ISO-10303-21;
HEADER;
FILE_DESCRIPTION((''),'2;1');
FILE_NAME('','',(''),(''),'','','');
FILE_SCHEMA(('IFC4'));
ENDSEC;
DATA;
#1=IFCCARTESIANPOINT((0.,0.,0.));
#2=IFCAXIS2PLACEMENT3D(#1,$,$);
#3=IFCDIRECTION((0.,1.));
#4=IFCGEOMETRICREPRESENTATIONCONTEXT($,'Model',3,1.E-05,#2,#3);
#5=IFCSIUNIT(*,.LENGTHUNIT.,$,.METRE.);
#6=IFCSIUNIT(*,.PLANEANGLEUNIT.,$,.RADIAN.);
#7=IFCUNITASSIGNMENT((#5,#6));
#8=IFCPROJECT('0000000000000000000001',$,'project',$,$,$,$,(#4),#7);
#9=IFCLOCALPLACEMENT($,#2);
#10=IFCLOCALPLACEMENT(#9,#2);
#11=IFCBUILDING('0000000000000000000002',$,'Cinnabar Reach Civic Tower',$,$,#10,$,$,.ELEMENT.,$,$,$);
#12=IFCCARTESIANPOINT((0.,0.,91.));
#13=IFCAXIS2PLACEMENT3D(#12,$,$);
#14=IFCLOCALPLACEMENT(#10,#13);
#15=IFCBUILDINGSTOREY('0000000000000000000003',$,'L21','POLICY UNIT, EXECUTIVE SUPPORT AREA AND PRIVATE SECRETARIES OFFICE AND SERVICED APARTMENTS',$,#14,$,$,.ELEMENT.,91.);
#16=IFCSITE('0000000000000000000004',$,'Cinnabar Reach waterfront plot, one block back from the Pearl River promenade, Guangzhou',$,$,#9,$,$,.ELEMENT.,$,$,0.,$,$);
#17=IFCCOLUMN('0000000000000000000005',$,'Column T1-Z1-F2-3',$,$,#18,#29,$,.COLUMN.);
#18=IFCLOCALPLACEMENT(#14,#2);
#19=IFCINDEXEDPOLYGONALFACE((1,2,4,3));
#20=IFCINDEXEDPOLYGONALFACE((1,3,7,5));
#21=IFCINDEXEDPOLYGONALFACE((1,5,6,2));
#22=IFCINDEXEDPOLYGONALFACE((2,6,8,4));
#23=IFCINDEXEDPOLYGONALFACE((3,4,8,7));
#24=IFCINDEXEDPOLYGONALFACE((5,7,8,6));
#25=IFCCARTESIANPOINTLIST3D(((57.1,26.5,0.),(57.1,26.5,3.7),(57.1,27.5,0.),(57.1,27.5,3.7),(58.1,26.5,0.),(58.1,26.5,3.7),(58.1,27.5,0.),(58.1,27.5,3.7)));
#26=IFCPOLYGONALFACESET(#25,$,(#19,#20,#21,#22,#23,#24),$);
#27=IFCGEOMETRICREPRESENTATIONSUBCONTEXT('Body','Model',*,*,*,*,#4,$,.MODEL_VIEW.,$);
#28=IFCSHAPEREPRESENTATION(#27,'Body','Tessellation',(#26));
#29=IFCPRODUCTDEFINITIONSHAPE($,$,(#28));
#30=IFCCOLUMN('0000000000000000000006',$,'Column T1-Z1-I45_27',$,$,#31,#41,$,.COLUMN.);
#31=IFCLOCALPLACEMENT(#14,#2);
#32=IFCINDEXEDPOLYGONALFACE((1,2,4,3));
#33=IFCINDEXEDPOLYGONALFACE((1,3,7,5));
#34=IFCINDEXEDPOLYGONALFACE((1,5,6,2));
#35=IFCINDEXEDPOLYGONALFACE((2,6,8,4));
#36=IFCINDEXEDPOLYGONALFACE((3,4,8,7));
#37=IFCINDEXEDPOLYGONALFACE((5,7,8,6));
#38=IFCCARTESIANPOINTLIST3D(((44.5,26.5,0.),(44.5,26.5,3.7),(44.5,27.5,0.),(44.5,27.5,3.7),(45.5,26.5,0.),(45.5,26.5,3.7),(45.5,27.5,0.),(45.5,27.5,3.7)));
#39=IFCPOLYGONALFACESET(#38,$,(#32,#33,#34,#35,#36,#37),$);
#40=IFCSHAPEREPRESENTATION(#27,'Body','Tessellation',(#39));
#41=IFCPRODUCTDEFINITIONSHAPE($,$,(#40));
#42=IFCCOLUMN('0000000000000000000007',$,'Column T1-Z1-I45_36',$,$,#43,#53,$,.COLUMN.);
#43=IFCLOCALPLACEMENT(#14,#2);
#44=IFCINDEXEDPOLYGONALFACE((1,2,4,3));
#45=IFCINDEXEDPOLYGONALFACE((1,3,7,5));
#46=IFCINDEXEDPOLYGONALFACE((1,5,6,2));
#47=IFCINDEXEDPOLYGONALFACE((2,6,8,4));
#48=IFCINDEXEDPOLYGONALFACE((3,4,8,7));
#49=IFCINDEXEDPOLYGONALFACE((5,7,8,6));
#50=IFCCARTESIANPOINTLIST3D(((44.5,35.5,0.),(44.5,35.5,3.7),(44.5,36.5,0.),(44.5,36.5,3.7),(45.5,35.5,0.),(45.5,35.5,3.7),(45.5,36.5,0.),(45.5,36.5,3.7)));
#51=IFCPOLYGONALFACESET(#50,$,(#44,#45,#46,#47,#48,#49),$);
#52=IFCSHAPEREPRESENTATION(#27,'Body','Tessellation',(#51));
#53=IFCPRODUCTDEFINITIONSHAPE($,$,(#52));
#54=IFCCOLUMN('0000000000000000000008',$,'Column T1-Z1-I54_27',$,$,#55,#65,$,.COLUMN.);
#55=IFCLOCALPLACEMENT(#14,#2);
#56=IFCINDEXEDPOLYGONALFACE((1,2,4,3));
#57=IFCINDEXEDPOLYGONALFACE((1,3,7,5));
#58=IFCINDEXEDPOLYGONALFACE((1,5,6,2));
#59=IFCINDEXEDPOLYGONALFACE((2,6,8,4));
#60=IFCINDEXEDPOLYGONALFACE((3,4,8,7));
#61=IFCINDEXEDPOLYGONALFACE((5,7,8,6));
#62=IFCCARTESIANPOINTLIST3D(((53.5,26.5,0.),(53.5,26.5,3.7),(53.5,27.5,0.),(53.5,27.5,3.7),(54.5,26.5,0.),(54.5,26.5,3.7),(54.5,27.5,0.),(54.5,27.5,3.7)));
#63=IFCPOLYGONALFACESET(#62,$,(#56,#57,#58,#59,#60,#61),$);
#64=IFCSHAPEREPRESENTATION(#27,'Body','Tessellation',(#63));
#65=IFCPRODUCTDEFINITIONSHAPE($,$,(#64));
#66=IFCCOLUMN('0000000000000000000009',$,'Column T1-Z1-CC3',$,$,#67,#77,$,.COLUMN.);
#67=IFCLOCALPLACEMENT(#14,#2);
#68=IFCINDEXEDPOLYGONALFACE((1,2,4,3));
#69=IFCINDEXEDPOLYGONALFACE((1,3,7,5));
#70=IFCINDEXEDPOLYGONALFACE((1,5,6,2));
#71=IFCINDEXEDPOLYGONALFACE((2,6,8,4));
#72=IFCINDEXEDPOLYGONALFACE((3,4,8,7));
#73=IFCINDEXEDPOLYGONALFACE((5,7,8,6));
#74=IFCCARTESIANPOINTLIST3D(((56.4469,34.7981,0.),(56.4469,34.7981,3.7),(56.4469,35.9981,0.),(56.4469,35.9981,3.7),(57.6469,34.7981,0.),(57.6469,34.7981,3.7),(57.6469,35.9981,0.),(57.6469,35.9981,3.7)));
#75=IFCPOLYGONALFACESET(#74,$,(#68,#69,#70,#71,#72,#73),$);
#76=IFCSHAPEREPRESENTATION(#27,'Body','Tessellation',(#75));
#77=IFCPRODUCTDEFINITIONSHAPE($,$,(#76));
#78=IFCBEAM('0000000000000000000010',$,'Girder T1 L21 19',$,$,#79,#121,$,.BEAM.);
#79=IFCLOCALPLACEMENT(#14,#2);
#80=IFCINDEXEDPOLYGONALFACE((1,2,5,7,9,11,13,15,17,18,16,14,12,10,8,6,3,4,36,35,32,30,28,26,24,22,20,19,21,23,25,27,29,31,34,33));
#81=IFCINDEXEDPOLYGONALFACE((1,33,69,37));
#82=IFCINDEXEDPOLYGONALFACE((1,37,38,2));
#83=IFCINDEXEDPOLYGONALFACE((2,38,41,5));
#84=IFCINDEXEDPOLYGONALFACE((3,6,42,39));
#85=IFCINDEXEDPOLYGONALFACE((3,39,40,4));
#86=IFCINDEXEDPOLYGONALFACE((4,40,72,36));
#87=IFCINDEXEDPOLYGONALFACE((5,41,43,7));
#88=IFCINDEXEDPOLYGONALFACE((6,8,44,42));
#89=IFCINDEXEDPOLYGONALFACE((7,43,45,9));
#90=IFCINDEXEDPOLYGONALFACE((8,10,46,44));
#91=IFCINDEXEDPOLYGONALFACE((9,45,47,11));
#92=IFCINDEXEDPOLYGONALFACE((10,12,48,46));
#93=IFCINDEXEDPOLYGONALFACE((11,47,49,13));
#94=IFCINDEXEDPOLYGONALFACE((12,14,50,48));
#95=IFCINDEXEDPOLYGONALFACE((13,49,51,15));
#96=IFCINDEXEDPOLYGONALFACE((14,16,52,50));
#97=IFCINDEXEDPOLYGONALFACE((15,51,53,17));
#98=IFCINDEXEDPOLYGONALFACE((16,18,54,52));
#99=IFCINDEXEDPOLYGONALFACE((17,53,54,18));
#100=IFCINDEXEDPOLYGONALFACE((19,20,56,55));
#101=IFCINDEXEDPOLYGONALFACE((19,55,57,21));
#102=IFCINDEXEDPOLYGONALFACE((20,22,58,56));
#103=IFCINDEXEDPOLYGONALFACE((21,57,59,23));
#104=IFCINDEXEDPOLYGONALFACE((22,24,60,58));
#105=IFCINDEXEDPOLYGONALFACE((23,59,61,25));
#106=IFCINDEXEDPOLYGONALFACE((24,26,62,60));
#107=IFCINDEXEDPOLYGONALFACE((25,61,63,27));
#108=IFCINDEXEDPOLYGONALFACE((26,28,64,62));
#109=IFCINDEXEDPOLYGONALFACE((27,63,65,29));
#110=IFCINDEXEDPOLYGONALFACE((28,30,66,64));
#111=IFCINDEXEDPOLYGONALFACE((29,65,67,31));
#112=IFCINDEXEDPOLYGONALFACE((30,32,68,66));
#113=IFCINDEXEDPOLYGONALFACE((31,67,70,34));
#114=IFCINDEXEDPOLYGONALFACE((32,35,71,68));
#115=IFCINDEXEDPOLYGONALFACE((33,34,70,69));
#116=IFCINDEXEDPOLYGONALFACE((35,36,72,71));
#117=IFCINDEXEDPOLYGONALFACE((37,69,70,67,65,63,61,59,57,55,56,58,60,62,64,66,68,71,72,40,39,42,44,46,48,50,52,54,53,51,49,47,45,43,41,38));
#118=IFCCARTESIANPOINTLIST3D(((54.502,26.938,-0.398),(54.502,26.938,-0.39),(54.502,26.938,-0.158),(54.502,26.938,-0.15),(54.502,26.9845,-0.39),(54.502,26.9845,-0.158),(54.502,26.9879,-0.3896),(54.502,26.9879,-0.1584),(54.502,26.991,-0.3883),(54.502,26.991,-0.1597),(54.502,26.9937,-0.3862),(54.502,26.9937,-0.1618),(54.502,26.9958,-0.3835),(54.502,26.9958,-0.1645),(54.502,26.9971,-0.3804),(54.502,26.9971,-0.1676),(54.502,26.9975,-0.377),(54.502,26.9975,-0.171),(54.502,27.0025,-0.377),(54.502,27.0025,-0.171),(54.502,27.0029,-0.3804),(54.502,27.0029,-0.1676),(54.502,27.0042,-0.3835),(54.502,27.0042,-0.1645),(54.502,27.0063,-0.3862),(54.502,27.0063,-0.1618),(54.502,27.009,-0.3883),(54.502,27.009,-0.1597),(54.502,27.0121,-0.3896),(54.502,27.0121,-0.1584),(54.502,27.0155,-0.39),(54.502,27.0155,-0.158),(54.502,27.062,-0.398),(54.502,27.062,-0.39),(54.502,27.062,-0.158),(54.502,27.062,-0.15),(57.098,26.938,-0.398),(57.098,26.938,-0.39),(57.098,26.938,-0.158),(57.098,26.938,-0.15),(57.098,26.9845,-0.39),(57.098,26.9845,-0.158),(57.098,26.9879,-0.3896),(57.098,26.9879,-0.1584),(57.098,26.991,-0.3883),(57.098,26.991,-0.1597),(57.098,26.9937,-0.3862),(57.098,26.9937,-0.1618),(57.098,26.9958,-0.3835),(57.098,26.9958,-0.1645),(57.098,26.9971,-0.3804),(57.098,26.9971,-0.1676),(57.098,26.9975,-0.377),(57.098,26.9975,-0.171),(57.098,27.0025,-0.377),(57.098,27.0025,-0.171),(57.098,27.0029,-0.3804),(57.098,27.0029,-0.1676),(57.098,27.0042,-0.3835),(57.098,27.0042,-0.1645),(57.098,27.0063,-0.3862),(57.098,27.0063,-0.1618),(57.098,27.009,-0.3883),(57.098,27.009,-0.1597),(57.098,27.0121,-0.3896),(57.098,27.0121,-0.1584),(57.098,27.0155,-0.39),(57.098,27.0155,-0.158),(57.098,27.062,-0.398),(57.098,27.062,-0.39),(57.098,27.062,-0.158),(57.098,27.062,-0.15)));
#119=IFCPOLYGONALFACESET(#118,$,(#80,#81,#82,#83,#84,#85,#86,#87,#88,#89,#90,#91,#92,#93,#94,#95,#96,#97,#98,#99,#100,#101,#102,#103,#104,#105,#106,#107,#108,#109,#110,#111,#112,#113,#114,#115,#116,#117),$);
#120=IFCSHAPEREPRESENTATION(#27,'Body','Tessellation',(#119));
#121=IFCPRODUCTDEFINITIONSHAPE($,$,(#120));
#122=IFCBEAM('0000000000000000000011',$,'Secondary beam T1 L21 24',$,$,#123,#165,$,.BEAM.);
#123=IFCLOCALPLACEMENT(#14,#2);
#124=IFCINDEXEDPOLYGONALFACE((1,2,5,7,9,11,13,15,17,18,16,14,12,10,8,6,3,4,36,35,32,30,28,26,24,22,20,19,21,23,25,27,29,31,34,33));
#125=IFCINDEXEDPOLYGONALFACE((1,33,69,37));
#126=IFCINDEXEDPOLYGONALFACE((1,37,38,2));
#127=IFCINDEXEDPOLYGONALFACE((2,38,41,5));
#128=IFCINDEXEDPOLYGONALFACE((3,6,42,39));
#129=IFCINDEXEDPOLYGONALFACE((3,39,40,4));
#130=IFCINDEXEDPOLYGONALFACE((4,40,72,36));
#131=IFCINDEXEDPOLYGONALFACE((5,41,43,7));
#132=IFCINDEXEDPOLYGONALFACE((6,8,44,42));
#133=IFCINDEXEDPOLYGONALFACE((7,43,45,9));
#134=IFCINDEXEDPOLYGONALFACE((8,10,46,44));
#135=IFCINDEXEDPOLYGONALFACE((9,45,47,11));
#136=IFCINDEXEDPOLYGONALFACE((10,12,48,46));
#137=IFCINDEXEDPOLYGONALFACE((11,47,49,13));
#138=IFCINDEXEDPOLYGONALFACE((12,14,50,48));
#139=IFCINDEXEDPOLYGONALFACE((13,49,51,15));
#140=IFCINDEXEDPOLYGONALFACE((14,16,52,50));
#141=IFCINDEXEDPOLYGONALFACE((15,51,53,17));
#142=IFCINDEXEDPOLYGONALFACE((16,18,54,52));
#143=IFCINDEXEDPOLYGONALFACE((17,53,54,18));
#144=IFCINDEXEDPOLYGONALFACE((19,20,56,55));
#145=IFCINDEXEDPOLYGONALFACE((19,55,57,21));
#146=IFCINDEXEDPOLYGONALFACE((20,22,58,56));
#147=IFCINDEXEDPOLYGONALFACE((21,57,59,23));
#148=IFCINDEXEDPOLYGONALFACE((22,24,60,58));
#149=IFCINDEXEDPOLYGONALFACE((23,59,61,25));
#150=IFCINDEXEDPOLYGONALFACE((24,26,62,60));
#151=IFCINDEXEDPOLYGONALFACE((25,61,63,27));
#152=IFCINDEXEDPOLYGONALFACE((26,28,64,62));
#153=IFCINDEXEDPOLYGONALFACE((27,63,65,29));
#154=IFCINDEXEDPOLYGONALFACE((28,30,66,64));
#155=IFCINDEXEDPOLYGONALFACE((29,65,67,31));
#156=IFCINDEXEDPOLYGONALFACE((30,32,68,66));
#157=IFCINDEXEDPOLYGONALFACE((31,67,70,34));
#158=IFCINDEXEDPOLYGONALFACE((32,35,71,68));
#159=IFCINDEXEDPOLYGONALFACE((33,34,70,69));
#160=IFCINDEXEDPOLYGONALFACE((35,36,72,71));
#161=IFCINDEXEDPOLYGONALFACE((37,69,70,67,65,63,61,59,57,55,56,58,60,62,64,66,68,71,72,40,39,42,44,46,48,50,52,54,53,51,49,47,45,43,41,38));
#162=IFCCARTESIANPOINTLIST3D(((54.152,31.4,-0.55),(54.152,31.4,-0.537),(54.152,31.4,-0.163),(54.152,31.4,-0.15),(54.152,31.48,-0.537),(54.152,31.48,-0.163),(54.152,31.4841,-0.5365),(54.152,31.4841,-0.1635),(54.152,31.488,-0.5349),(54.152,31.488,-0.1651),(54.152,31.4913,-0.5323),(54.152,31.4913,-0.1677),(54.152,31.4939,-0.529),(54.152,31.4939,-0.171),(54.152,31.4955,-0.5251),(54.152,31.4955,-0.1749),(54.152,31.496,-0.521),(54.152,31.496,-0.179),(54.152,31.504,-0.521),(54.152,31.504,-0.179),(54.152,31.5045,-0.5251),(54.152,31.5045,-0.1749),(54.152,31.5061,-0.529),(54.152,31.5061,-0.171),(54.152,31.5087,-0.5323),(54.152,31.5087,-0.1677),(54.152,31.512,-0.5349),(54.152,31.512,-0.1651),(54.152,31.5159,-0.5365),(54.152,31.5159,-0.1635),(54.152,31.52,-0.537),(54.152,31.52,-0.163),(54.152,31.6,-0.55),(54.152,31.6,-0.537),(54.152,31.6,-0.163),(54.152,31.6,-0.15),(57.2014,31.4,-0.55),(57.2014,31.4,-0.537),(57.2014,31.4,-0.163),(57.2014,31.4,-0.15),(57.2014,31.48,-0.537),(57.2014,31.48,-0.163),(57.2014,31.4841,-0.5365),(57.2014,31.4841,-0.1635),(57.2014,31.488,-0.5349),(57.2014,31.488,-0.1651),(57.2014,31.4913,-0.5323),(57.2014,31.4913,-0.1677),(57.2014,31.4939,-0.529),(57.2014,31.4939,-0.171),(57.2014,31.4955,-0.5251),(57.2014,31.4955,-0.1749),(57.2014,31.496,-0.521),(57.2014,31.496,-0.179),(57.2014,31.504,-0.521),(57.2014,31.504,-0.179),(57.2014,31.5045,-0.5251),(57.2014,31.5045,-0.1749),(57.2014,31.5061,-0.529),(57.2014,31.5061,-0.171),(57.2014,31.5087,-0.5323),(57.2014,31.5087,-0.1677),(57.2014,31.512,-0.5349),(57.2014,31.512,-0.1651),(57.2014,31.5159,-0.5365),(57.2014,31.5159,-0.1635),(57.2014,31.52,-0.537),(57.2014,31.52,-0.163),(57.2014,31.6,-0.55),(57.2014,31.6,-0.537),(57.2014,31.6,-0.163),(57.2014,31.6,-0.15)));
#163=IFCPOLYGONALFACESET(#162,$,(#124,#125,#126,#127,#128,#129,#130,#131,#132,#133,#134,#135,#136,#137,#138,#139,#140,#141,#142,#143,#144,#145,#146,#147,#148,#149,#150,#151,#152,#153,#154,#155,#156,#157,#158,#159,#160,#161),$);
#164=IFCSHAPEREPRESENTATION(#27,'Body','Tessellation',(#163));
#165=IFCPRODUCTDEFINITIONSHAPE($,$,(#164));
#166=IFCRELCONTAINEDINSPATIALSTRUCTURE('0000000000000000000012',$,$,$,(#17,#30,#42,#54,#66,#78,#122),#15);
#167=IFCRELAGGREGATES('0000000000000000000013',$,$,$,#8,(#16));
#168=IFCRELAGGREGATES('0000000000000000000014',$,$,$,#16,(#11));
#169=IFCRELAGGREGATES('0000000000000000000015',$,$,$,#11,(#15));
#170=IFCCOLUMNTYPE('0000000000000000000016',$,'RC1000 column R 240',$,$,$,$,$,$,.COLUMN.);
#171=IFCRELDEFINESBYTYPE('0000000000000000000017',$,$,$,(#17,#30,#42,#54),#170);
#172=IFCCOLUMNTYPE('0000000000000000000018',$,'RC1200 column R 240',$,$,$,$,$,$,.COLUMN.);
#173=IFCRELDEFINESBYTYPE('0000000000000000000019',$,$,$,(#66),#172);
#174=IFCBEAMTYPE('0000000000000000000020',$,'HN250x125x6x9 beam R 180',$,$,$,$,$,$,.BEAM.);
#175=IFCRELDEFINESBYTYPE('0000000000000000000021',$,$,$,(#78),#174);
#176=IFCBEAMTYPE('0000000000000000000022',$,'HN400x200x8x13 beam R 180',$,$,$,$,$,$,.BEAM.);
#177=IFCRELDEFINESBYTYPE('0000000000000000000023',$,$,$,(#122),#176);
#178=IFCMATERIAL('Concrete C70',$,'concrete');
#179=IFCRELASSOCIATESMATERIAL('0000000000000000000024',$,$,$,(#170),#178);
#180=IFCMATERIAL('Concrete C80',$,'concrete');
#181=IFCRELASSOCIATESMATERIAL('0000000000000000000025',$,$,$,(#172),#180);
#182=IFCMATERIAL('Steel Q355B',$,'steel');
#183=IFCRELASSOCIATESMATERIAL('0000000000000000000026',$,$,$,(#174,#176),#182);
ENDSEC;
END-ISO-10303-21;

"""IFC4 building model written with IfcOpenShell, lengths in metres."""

from ifc_helpers import new_model, si_unit, direction, frame, origin, origin_2d, place, context, subcontext, project, spatial, rectangle, i_section, extrude, material, material_profile, profile_set, type_object, element, save


model = new_model("IFC4")

# Units and contexts
model_context = context("Model", 3, precision=1e-05, world=origin(), true_north=direction((0.0, 1.0)))
body_context = subcontext(model_context, "Body", "Model", "MODEL_VIEW")
ifc_project = project(units=[si_unit("LENGTHUNIT", "METRE"), si_unit("PLANEANGLEUNIT", "RADIAN")], contexts=[model_context])

# Site, building, storey
site_placement = place(None, origin())
site = spatial("IfcSite", under=ifc_project, at=site_placement, Name="Cinnabar Reach waterfront plot, one block back from the Pearl River promenade, Guangzhou", CompositionType="ELEMENT", RefElevation=0.0)
building_placement = place(site_placement, origin())
building = spatial("IfcBuilding", under=site, at=building_placement, Name="Cinnabar Reach Civic Tower", CompositionType="ELEMENT")
storey_placement = place(building_placement, frame((0.0, 0.0, 91.0)))
storey = spatial("IfcBuildingStorey", under=building, at=storey_placement, Name="L21", Description="POLICY UNIT, EXECUTIVE SUPPORT AREA AND PRIVATE SECRETARIES OFFICE AND SERVICED APARTMENTS", CompositionType="ELEMENT", Elevation=91.0)

# Columns
ifc_material_1 = material(Name="Concrete C70", Category="concrete")
ifc_material_profile_1 = material_profile(ifc_material_1, rectangle(XDim=1.0, YDim=1.0, at=origin_2d()), Name="RC1000")
ifc_profile_set_1 = profile_set([ifc_material_profile_1], Name="Concrete C70")
column_type_1 = type_object("IfcColumnType", Name="RC1000 column R 240", PredefinedType="COLUMN", material=ifc_profile_set_1)
for number, where, z_axis, x_axis, name in (
    (1, (57.6, 27.0, 0.0), (0.0, 0.0, 1.0), (1.0, 0.0, 0.0), "Column T1-Z1-F2-3"),
    (2, (45.0, 27.0, 0.0), (0.0, 0.0, 1.0), (1.0, 0.0, 0.0), "Column T1-Z1-I45_27"),
    (3, (45.0, 36.0, 0.0), (0.0, 0.0, 1.0), (1.0, 0.0, 0.0), "Column T1-Z1-I45_36"),
    (4, (54.0, 27.0, 0.0), (0.0, 0.0, 1.0), (1.0, 0.0, 0.0), "Column T1-Z1-I54_27"),
):
    element("IfcColumn", number, at=place(storey_placement, frame(where, z_axis=z_axis, x_axis=x_axis)), inside=storey, type_object=column_type_1, Name=name, PredefinedType="COLUMN", context=body_context, shape_type="SweptSolid", body=[
        extrude(rectangle(XDim=1.0, YDim=1.0, at=origin_2d()), origin(), (0.0, 0.0, 1.0), 3.7),
    ])
ifc_material_2 = material(Name="Concrete C80", Category="concrete")
ifc_material_profile_2 = material_profile(ifc_material_2, rectangle(XDim=1.2, YDim=1.2, at=origin_2d()), Name="RC1200")
ifc_profile_set_2 = profile_set([ifc_material_profile_2], Name="Concrete C80")
column_type_2 = type_object("IfcColumnType", Name="RC1200 column R 240", PredefinedType="COLUMN", material=ifc_profile_set_2)
column_placement = place(storey_placement, frame((57.0469, 35.3981, 0.0), z_axis=(0.0, 0.0, 1.0), x_axis=(1.0, 0.0, 0.0)))
element("IfcColumn", 5, at=column_placement, inside=storey, type_object=column_type_2, Name="Column T1-Z1-CC3", PredefinedType="COLUMN", context=body_context, shape_type="SweptSolid", body=[
    extrude(rectangle(XDim=1.2, YDim=1.2, at=origin_2d()), origin(), (0.0, 0.0, 1.0), 3.7),
])

# Beams
ifc_material_3 = material(Name="Steel Q355B", Category="steel")
ifc_material_profile_3 = material_profile(ifc_material_3, i_section(OverallWidth=0.124, OverallDepth=0.248, WebThickness=0.005, FlangeThickness=0.008, FilletRadius=0.013, at=origin_2d()), Name="HN250x125x6x9")
ifc_profile_set_3 = profile_set([ifc_material_profile_3], Name="Steel Q355B")
beam_type_1 = type_object("IfcBeamType", Name="HN250x125x6x9 beam R 180", PredefinedType="BEAM", material=ifc_profile_set_3)
beam_1_placement = place(storey_placement, frame((54.502, 27.0, -0.274), z_axis=(1.0, 0.0, 0.0), x_axis=(0.0, 1.0, 0.0)))
element("IfcBeam", 6, at=beam_1_placement, inside=storey, type_object=beam_type_1, Name="Girder T1 L21 19", PredefinedType="BEAM", context=body_context, shape_type="SweptSolid", body=[
    extrude(i_section(OverallWidth=0.124, OverallDepth=0.248, WebThickness=0.005, FlangeThickness=0.008, FilletRadius=0.013, at=origin_2d()), origin(), (0.0, 0.0, 1.0), 2.596),
])
ifc_material_profile_4 = material_profile(ifc_material_3, i_section(OverallWidth=0.2, OverallDepth=0.4, WebThickness=0.008, FlangeThickness=0.013, FilletRadius=0.016, at=origin_2d()), Name="HN400x200x8x13")
ifc_profile_set_4 = profile_set([ifc_material_profile_4], Name="Steel Q355B")
beam_type_2 = type_object("IfcBeamType", Name="HN400x200x8x13 beam R 180", PredefinedType="BEAM", material=ifc_profile_set_4)
beam_2_placement = place(storey_placement, frame((54.152, 31.5, -0.35), z_axis=(1.0, 0.0, 0.0), x_axis=(0.0, 1.0, 0.0)))
element("IfcBeam", 7, at=beam_2_placement, inside=storey, type_object=beam_type_2, Name="Secondary beam T1 L21 24", PredefinedType="BEAM", context=body_context, shape_type="SweptSolid", body=[
    extrude(i_section(OverallWidth=0.2, OverallDepth=0.4, WebThickness=0.008, FlangeThickness=0.013, FilletRadius=0.016, at=origin_2d()), origin(), (0.0, 0.0, 1.0), 3.0494),
])

save(model, "model.ifc")
